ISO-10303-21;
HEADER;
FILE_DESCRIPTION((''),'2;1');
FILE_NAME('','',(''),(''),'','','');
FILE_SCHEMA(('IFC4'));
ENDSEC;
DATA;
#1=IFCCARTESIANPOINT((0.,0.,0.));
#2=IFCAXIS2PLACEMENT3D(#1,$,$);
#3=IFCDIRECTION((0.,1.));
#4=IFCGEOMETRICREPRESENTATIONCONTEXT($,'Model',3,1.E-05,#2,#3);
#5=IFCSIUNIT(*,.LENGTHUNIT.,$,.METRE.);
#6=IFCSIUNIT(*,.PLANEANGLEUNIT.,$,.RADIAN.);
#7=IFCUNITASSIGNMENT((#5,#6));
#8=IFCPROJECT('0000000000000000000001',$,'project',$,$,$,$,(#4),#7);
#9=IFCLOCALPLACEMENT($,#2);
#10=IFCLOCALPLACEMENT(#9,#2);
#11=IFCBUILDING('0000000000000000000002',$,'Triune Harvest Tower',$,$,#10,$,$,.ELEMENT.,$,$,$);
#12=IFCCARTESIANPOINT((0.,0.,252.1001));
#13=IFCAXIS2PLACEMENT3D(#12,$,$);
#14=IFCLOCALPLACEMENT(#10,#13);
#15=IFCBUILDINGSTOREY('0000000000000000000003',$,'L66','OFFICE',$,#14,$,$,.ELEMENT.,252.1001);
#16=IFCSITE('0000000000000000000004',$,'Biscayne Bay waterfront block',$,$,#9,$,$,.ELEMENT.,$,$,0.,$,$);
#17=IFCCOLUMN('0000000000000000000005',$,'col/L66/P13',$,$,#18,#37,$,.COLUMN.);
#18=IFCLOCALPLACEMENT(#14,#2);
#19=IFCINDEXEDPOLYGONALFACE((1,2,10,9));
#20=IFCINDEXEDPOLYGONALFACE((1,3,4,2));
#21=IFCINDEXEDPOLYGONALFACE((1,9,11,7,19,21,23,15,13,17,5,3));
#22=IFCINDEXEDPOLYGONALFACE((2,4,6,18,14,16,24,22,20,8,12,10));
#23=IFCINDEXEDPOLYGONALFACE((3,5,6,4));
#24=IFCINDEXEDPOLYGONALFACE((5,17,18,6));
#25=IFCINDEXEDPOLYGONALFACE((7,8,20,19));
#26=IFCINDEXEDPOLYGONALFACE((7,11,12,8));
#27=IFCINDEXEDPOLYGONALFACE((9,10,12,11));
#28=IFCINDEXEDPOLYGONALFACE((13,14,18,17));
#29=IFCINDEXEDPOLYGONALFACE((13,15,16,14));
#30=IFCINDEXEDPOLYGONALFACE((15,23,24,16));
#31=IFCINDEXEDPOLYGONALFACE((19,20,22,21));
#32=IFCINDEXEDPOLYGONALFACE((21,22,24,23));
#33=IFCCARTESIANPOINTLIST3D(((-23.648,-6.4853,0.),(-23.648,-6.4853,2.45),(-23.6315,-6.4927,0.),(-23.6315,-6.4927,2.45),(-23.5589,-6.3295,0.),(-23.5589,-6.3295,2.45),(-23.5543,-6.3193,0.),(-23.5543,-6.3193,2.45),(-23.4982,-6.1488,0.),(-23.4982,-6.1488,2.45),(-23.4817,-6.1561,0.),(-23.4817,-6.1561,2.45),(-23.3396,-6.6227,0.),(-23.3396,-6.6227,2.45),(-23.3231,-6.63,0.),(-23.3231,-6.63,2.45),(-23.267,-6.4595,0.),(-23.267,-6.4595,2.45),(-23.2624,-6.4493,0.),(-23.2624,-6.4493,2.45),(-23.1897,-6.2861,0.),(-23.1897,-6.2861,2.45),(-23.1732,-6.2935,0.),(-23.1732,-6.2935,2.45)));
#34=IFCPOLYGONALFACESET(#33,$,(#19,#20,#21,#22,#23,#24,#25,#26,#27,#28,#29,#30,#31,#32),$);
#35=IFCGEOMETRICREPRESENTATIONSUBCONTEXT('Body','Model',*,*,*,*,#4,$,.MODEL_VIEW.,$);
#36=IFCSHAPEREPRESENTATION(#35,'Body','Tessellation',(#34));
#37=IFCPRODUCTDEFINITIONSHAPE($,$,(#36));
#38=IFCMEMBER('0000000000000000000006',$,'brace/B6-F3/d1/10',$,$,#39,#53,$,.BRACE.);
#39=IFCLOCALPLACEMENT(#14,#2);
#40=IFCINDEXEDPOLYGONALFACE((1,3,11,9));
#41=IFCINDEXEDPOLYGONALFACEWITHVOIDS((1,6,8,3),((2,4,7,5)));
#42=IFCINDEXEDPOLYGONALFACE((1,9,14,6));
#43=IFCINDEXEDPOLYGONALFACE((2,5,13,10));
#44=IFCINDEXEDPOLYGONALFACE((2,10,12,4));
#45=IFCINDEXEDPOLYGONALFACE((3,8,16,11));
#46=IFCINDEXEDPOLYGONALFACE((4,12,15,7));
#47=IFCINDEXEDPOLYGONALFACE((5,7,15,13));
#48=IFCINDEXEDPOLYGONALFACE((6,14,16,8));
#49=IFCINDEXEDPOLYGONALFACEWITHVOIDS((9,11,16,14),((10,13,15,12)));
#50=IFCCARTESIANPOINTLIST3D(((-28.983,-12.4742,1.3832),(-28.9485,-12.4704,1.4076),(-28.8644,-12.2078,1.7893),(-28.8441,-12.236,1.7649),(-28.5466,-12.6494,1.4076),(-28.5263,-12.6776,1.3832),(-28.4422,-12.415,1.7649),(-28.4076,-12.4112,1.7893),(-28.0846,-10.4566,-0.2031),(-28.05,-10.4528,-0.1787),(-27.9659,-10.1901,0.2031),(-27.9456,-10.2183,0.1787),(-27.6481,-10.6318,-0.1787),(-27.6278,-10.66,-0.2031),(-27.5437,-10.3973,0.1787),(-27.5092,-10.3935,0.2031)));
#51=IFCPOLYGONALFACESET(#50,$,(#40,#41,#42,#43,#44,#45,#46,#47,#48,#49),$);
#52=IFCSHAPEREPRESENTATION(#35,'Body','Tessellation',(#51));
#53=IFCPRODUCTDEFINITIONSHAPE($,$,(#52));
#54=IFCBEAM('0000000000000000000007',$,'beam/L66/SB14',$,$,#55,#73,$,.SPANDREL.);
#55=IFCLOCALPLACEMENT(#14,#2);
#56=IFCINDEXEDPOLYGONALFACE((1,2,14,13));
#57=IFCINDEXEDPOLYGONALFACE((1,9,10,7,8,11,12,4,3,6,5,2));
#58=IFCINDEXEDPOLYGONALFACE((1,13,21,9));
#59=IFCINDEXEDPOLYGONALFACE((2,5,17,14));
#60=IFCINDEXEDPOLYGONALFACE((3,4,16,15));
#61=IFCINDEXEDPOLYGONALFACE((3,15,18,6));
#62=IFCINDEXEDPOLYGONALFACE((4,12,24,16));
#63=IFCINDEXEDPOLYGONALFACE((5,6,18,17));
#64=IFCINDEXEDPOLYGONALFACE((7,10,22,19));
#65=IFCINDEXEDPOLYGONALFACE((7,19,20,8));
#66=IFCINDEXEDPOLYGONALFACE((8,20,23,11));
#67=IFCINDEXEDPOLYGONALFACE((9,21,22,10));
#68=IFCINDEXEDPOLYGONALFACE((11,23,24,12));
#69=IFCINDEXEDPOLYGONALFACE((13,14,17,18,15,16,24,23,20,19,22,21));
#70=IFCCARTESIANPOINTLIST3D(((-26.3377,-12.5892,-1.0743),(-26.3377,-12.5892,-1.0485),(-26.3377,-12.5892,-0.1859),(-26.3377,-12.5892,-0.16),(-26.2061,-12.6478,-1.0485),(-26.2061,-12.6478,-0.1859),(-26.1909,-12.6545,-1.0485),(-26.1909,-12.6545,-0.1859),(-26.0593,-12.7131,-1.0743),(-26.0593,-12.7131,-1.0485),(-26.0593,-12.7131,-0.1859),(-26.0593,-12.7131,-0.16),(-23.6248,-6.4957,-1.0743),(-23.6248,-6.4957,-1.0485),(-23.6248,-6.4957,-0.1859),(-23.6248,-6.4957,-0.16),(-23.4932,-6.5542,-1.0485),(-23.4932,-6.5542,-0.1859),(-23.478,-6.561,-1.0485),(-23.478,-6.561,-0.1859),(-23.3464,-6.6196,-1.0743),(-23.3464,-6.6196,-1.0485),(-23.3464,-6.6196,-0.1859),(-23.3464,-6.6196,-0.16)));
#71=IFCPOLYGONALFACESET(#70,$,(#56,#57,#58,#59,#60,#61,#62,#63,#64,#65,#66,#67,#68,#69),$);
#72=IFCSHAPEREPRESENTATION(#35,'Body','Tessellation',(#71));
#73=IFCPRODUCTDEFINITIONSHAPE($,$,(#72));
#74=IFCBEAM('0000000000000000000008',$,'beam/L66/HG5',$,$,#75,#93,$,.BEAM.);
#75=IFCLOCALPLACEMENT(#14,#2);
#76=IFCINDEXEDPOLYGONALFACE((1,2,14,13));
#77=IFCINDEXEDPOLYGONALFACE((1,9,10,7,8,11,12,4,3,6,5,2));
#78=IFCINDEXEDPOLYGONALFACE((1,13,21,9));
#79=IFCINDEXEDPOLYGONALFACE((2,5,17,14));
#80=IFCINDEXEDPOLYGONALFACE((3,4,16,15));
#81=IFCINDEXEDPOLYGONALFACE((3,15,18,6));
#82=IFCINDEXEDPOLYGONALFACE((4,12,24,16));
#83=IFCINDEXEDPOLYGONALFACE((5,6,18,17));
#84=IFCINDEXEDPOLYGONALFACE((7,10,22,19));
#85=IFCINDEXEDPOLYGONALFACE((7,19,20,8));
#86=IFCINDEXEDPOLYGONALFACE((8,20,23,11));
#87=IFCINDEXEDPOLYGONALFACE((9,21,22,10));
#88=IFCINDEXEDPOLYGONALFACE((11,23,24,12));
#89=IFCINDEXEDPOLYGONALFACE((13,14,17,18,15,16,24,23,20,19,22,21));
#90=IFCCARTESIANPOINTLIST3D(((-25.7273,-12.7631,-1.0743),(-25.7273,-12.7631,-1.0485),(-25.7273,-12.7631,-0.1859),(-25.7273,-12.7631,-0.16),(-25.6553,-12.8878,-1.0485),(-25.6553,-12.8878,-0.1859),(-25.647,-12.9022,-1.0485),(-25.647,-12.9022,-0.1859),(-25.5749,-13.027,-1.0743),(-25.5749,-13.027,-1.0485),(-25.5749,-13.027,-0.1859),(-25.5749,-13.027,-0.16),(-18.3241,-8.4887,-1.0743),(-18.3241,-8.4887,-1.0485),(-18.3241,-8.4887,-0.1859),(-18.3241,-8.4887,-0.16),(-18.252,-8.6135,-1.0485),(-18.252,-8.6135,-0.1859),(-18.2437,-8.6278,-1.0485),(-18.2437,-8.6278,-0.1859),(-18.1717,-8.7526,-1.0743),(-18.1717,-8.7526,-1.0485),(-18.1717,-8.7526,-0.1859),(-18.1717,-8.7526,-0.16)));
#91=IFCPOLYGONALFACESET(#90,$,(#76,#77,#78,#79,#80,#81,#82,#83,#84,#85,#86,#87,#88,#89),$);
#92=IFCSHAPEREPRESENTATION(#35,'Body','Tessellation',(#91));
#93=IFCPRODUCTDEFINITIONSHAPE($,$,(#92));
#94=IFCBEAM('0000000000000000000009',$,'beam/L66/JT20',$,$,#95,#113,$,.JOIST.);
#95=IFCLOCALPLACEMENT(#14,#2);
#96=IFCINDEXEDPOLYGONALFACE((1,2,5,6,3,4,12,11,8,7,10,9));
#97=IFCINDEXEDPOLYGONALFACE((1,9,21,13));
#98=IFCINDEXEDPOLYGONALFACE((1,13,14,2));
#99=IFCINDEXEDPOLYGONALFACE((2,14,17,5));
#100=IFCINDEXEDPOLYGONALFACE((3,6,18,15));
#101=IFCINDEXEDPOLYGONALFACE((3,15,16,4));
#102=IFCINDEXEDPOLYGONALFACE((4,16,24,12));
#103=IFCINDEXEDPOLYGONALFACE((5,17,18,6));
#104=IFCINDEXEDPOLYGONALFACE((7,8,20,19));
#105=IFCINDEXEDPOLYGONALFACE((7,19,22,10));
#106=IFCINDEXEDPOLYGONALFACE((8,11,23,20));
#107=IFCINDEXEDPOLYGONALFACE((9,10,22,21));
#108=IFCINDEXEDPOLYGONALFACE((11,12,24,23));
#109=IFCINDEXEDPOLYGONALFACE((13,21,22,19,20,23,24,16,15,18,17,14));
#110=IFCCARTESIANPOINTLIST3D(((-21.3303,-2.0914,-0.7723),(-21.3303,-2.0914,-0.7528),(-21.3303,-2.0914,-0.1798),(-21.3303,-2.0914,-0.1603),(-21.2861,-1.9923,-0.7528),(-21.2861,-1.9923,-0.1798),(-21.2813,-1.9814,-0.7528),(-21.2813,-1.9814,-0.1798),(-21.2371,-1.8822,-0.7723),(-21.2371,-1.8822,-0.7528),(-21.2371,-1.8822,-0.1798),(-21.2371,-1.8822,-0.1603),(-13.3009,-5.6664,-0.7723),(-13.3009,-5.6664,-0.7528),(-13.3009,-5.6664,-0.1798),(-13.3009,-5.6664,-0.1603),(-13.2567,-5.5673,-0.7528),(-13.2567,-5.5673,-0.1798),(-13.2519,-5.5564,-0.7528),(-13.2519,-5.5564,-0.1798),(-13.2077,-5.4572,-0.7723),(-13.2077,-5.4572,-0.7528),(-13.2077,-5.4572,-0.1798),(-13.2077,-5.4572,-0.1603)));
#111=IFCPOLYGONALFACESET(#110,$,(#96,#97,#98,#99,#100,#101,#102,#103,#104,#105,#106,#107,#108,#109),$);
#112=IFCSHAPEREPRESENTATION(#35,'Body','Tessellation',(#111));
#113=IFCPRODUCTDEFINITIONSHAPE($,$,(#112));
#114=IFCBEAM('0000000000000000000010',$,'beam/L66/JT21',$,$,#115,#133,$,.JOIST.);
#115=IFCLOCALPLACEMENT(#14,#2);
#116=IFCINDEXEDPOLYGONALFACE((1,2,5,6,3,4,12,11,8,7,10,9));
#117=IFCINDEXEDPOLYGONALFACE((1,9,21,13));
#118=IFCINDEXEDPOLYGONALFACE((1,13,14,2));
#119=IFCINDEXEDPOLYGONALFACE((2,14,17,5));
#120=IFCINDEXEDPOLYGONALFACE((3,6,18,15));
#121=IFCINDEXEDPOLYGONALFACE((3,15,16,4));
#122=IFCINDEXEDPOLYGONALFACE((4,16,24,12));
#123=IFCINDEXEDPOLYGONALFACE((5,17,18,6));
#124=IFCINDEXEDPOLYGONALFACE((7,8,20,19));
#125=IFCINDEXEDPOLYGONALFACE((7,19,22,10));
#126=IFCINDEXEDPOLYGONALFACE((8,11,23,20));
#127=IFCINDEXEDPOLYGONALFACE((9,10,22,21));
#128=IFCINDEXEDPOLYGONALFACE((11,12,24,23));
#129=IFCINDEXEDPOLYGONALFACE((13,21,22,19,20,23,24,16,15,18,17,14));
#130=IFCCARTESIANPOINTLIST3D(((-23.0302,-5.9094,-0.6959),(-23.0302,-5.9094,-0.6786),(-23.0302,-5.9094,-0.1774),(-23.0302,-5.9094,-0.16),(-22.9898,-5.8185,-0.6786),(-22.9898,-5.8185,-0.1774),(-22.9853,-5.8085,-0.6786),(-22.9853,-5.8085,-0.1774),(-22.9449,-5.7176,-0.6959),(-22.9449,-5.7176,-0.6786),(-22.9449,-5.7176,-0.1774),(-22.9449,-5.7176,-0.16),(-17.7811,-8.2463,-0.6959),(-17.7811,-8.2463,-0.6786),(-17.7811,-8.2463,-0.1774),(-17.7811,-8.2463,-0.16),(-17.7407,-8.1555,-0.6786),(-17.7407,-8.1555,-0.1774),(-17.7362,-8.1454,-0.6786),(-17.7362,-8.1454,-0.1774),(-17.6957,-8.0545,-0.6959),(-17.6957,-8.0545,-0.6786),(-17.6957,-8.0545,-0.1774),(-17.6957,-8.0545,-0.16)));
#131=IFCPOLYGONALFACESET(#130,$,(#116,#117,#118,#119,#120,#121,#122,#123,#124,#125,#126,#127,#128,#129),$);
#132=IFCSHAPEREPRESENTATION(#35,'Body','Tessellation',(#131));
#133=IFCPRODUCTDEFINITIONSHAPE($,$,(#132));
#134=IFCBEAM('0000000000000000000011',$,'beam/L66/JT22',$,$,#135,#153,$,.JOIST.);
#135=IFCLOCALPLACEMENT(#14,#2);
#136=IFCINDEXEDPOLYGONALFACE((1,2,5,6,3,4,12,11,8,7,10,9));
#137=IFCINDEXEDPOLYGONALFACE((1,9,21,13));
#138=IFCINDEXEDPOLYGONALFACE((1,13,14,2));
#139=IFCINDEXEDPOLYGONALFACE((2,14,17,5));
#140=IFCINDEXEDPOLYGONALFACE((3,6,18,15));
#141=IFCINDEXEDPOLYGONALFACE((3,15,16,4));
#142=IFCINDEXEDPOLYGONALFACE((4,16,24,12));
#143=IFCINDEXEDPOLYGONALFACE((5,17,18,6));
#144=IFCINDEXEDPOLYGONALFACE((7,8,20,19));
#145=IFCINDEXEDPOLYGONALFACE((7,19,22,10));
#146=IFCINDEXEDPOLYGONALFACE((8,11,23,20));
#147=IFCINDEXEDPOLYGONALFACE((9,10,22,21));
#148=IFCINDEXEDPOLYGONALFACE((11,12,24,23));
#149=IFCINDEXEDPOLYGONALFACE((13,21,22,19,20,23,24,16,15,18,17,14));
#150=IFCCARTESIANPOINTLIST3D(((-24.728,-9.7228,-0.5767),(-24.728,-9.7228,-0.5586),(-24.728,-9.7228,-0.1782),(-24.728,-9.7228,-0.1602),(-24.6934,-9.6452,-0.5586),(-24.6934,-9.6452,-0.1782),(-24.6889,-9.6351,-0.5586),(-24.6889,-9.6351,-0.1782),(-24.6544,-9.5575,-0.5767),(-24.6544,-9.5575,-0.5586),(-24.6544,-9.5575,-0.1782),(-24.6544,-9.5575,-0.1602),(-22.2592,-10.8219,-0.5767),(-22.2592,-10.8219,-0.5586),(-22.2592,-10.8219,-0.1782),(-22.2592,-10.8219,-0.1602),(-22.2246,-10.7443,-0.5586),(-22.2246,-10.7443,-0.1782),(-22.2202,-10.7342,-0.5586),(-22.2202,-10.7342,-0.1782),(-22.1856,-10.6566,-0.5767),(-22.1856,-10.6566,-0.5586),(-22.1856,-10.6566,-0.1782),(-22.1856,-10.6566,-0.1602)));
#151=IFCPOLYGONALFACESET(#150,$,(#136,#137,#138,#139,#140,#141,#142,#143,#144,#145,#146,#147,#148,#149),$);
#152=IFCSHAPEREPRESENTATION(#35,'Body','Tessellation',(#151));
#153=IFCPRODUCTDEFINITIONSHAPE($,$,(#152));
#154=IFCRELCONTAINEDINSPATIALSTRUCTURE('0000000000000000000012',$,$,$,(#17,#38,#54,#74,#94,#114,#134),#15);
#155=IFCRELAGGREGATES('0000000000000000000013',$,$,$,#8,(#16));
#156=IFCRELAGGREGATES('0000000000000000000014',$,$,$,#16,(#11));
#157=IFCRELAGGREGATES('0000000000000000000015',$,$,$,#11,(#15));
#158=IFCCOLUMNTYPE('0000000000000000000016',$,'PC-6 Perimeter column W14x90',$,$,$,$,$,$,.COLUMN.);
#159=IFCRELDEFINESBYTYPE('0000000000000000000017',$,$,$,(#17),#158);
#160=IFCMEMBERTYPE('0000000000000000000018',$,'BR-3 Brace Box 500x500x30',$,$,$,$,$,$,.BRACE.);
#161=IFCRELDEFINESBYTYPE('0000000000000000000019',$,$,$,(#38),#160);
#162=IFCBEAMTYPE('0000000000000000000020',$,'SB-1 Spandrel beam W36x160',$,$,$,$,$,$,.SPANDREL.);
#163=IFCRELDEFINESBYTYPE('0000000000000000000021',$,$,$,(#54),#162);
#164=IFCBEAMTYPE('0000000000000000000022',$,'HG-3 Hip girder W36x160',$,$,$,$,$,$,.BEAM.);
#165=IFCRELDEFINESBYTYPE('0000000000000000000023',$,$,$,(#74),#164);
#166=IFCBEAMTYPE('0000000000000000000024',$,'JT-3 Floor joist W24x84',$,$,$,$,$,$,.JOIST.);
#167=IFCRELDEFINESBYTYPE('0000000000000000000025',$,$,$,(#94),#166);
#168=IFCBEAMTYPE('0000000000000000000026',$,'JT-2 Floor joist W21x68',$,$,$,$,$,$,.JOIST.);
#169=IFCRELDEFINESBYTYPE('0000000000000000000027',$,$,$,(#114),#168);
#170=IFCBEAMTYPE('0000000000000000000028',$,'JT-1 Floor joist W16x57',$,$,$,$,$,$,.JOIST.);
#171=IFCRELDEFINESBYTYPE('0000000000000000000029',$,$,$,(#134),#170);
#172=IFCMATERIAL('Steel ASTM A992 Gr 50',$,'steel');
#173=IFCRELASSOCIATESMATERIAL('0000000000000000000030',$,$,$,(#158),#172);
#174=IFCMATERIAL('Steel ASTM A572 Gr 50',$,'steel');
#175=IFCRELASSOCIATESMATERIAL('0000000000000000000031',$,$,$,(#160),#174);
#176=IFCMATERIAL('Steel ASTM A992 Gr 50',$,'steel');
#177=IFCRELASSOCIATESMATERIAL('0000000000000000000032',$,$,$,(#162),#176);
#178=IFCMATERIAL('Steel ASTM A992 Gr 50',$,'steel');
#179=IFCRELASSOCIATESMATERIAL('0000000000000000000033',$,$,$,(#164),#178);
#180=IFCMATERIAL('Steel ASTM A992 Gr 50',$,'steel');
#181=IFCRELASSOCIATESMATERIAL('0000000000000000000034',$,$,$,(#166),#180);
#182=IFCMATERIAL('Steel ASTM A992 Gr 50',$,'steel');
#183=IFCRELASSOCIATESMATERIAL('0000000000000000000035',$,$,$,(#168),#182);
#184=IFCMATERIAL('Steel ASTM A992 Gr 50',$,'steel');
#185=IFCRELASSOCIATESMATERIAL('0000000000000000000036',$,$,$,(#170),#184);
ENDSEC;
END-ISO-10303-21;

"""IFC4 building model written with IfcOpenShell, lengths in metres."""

from ifc_helpers import new_model, si_unit, direction, frame, origin, origin_2d, place, context, subcontext, project, spatial, hollow_rectangle, i_section, extrude, source, transform, mapped, material, material_profile, profile_set, type_object, element, save


model = new_model("IFC4")

# Units and contexts
model_context = context("Model", 3, precision=1e-05, world=origin(), true_north=direction((0.0, 1.0)))
body_context = subcontext(model_context, "Body", "Model", "MODEL_VIEW")
ifc_project = project(units=[si_unit("LENGTHUNIT", "METRE"), si_unit("PLANEANGLEUNIT", "RADIAN")], contexts=[model_context])

# Site, building, storey
site_placement = place(None, origin())
site = spatial("IfcSite", under=ifc_project, at=site_placement, Name="Biscayne Bay waterfront block", CompositionType="ELEMENT", RefElevation=0.0)
building_placement = place(site_placement, origin())
building = spatial("IfcBuilding", under=site, at=building_placement, Name="Triune Harvest Tower", CompositionType="ELEMENT")
storey_placement = place(building_placement, frame((0.0, 0.0, 252.1001)))
storey = spatial("IfcBuildingStorey", under=building, at=storey_placement, Name="L66", Description="OFFICE", CompositionType="ELEMENT", Elevation=252.1001)

# Column
ifc_material_1 = material(Name="Steel ASTM A992 Gr 50", Category="steel")
ifc_material_profile_1 = material_profile(ifc_material_1, i_section(OverallWidth=0.3684, OverallDepth=0.3557, WebThickness=0.0112, FlangeThickness=0.0181, at=origin_2d()), Name="W14x90")
ifc_profile_set_1 = profile_set([ifc_material_profile_1], Name="Steel ASTM A992 Gr 50")
column_type = type_object("IfcColumnType", Name="PC-6 Perimeter column W14x90", PredefinedType="COLUMN", material=ifc_profile_set_1)
shared_shape_1 = source(origin(), body_context, "Body", "SweptSolid", [
    extrude(i_section(OverallWidth=0.3684, OverallDepth=0.3557, WebThickness=0.0112, FlangeThickness=0.0181, at=origin_2d()), origin(), (0.0, 0.0, 1.0), 2.45),
])
column_placement = place(storey_placement, frame((-23.4106, -6.3894, 0.0), z_axis=(0.0, 0.0, 1.0), x_axis=(-0.406738, -0.913545, 0.0)))
element("IfcColumn", 1, at=column_placement, inside=storey, type_object=column_type, Name="col/L66/P13", PredefinedType="COLUMN", context=body_context, shape_type="MappedRepresentation", body=[
    mapped(shared_shape_1, transform((0.0, 0.0, 0.0), scale=1.0)),
])

# Member
ifc_material_2 = material(Name="Steel ASTM A572 Gr 50", Category="steel")
ifc_material_profile_2 = material_profile(ifc_material_2, hollow_rectangle(XDim=0.5, YDim=0.5, WallThickness=0.03, at=origin_2d()), Name="Box 500x500x30")
ifc_profile_set_2 = profile_set([ifc_material_profile_2], Name="Steel ASTM A572 Gr 50")
member_type_1 = type_object("IfcMemberType", Name="BR-3 Brace Box 500x500x30", PredefinedType="BRACE", material=ifc_profile_set_2)
member_1_placement = place(storey_placement, frame((-27.7969, -10.425, 0.0), z_axis=(-0.330411, -0.741988, 0.583337), x_axis=(0.91352, -0.406795, 0.0)))
element("IfcMember", 2, at=member_1_placement, inside=storey, type_object=member_type_1, Name="brace/B6-F3/d1/10", PredefinedType="BRACE", context=body_context, shape_type="SweptSolid", body=[
    extrude(hollow_rectangle(XDim=0.5, YDim=0.5, WallThickness=0.03, at=origin_2d()), origin(), (0.0, 0.0, 1.0), 2.7192),
])

# Beams
ifc_material_3 = material(Name="Steel ASTM A992 Gr 50", Category="steel")
ifc_material_profile_3 = material_profile(ifc_material_3, i_section(OverallWidth=0.3047, OverallDepth=0.9143, WebThickness=0.0166, FlangeThickness=0.0259, at=origin_2d()), Name="W36x160")
ifc_profile_set_3 = profile_set([ifc_material_profile_3], Name="Steel ASTM A992 Gr 50")
beam_type_1 = type_object("IfcBeamType", Name="SB-1 Spandrel beam W36x160", PredefinedType="SPANDREL", material=ifc_profile_set_3)
shared_shape_2 = source(origin(), body_context, "Body", "SweptSolid", [
    extrude(i_section(OverallWidth=0.3047, OverallDepth=0.9143, WebThickness=0.0166, FlangeThickness=0.0259, at=origin_2d()), origin(), (0.0, 0.0, 1.0), 6.6702),
])
beam_1_placement = place(storey_placement, frame((-23.4856, -6.5576, -0.6172), z_axis=(-0.406723, -0.913552, 0.0), x_axis=(0.913552, -0.406723, 0.0)))
element("IfcBeam", 3, at=beam_1_placement, inside=storey, type_object=beam_type_1, Name="beam/L66/SB14", PredefinedType="SPANDREL", context=body_context, shape_type="MappedRepresentation", body=[
    mapped(shared_shape_2, transform((0.0, 0.0, 0.0), scale=1.0)),
])
ifc_material_4 = material(Name="Steel ASTM A992 Gr 50", Category="steel")
ifc_material_profile_4 = material_profile(ifc_material_4, i_section(OverallWidth=0.3047, OverallDepth=0.9143, WebThickness=0.0166, FlangeThickness=0.0259, at=origin_2d()), Name="W36x160")
ifc_profile_set_4 = profile_set([ifc_material_profile_4], Name="Steel ASTM A992 Gr 50")
beam_type_2 = type_object("IfcBeamType", Name="HG-3 Hip girder W36x160", PredefinedType="BEAM", material=ifc_profile_set_4)
shared_shape_3 = source(origin(), body_context, "Body", "SweptSolid", [
    extrude(i_section(OverallWidth=0.3047, OverallDepth=0.9143, WebThickness=0.0166, FlangeThickness=0.0259, at=origin_2d()), origin(), (0.0, 0.0, 1.0), 8.5486),
])
beam_2_placement = place(storey_placement, frame((-25.6511, -12.895, -0.6172), z_axis=(0.86602, 0.500009, 0.0), x_axis=(-0.500009, 0.86602, 0.0)))
element("IfcBeam", 4, at=beam_2_placement, inside=storey, type_object=beam_type_2, Name="beam/L66/HG5", PredefinedType="BEAM", context=body_context, shape_type="MappedRepresentation", body=[
    mapped(shared_shape_3, transform((0.0, 0.0, 0.0), scale=1.0)),
])
ifc_material_5 = material(Name="Steel ASTM A992 Gr 50", Category="steel")
ifc_material_profile_5 = material_profile(ifc_material_5, i_section(OverallWidth=0.229, OverallDepth=0.6121, WebThickness=0.012, FlangeThickness=0.0195, at=origin_2d()), Name="W24x84")
ifc_profile_set_5 = profile_set([ifc_material_profile_5], Name="Steel ASTM A992 Gr 50")
beam_type_3 = type_object("IfcBeamType", Name="JT-3 Floor joist W24x84", PredefinedType="JOIST", material=ifc_profile_set_5)
shared_shape_4 = source(origin(), body_context, "Body", "SweptSolid", [
    extrude(i_section(OverallWidth=0.229, OverallDepth=0.6121, WebThickness=0.012, FlangeThickness=0.0195, at=origin_2d()), origin(), (0.0, 0.0, 1.0), 8.7893),
])
beam_3_placement = place(storey_placement, frame((-21.2837, -1.9868, -0.4663), z_axis=(0.913542, -0.406744, 0.0), x_axis=(0.406744, 0.913542, 0.0)))
element("IfcBeam", 5, at=beam_3_placement, inside=storey, type_object=beam_type_3, Name="beam/L66/JT20", PredefinedType="JOIST", context=body_context, shape_type="MappedRepresentation", body=[
    mapped(shared_shape_4, transform((0.0, 0.0, 0.0), scale=1.0)),
])
ifc_material_6 = material(Name="Steel ASTM A992 Gr 50", Category="steel")
ifc_material_profile_6 = material_profile(ifc_material_6, i_section(OverallWidth=0.21, OverallDepth=0.5359, WebThickness=0.011, FlangeThickness=0.0173, at=origin_2d()), Name="W21x68")
ifc_profile_set_6 = profile_set([ifc_material_profile_6], Name="Steel ASTM A992 Gr 50")
beam_type_4 = type_object("IfcBeamType", Name="JT-2 Floor joist W21x68", PredefinedType="JOIST", material=ifc_profile_set_6)
shared_shape_5 = source(origin(), body_context, "Body", "SweptSolid", [
    extrude(i_section(OverallWidth=0.21, OverallDepth=0.5359, WebThickness=0.011, FlangeThickness=0.0173, at=origin_2d()), origin(), (0.0, 0.0, 1.0), 5.7458),
])
beam_4_placement = place(storey_placement, frame((-22.9875, -5.8135, -0.428), z_axis=(0.913552, -0.406722, 0.0), x_axis=(0.406722, 0.913552, 0.0)))
element("IfcBeam", 6, at=beam_4_placement, inside=storey, type_object=beam_type_4, Name="beam/L66/JT21", PredefinedType="JOIST", context=body_context, shape_type="MappedRepresentation", body=[
    mapped(shared_shape_5, transform((0.0, 0.0, 0.0), scale=1.0)),
])
ifc_material_7 = material(Name="Steel ASTM A992 Gr 50", Category="steel")
ifc_material_profile_7 = material_profile(ifc_material_7, i_section(OverallWidth=0.1809, OverallDepth=0.4165, WebThickness=0.011, FlangeThickness=0.0181, at=origin_2d()), Name="W16x57")
ifc_profile_set_7 = profile_set([ifc_material_profile_7], Name="Steel ASTM A992 Gr 50")
beam_type_5 = type_object("IfcBeamType", Name="JT-1 Floor joist W16x57", PredefinedType="JOIST", material=ifc_profile_set_7)
shared_shape_6 = source(origin(), body_context, "Body", "SweptSolid", [
    extrude(i_section(OverallWidth=0.1809, OverallDepth=0.4165, WebThickness=0.011, FlangeThickness=0.0181, at=origin_2d()), origin(), (0.0, 0.0, 1.0), 2.7024),
])
beam_5_placement = place(storey_placement, frame((-24.6912, -9.6401, -0.3684), z_axis=(0.913551, -0.406725, 0.0), x_axis=(0.406725, 0.913551, 0.0)))
element("IfcBeam", 7, at=beam_5_placement, inside=storey, type_object=beam_type_5, Name="beam/L66/JT22", PredefinedType="JOIST", context=body_context, shape_type="MappedRepresentation", body=[
    mapped(shared_shape_6, transform((0.0, 0.0, 0.0), scale=1.0)),
])

save(model, "model.ifc")
